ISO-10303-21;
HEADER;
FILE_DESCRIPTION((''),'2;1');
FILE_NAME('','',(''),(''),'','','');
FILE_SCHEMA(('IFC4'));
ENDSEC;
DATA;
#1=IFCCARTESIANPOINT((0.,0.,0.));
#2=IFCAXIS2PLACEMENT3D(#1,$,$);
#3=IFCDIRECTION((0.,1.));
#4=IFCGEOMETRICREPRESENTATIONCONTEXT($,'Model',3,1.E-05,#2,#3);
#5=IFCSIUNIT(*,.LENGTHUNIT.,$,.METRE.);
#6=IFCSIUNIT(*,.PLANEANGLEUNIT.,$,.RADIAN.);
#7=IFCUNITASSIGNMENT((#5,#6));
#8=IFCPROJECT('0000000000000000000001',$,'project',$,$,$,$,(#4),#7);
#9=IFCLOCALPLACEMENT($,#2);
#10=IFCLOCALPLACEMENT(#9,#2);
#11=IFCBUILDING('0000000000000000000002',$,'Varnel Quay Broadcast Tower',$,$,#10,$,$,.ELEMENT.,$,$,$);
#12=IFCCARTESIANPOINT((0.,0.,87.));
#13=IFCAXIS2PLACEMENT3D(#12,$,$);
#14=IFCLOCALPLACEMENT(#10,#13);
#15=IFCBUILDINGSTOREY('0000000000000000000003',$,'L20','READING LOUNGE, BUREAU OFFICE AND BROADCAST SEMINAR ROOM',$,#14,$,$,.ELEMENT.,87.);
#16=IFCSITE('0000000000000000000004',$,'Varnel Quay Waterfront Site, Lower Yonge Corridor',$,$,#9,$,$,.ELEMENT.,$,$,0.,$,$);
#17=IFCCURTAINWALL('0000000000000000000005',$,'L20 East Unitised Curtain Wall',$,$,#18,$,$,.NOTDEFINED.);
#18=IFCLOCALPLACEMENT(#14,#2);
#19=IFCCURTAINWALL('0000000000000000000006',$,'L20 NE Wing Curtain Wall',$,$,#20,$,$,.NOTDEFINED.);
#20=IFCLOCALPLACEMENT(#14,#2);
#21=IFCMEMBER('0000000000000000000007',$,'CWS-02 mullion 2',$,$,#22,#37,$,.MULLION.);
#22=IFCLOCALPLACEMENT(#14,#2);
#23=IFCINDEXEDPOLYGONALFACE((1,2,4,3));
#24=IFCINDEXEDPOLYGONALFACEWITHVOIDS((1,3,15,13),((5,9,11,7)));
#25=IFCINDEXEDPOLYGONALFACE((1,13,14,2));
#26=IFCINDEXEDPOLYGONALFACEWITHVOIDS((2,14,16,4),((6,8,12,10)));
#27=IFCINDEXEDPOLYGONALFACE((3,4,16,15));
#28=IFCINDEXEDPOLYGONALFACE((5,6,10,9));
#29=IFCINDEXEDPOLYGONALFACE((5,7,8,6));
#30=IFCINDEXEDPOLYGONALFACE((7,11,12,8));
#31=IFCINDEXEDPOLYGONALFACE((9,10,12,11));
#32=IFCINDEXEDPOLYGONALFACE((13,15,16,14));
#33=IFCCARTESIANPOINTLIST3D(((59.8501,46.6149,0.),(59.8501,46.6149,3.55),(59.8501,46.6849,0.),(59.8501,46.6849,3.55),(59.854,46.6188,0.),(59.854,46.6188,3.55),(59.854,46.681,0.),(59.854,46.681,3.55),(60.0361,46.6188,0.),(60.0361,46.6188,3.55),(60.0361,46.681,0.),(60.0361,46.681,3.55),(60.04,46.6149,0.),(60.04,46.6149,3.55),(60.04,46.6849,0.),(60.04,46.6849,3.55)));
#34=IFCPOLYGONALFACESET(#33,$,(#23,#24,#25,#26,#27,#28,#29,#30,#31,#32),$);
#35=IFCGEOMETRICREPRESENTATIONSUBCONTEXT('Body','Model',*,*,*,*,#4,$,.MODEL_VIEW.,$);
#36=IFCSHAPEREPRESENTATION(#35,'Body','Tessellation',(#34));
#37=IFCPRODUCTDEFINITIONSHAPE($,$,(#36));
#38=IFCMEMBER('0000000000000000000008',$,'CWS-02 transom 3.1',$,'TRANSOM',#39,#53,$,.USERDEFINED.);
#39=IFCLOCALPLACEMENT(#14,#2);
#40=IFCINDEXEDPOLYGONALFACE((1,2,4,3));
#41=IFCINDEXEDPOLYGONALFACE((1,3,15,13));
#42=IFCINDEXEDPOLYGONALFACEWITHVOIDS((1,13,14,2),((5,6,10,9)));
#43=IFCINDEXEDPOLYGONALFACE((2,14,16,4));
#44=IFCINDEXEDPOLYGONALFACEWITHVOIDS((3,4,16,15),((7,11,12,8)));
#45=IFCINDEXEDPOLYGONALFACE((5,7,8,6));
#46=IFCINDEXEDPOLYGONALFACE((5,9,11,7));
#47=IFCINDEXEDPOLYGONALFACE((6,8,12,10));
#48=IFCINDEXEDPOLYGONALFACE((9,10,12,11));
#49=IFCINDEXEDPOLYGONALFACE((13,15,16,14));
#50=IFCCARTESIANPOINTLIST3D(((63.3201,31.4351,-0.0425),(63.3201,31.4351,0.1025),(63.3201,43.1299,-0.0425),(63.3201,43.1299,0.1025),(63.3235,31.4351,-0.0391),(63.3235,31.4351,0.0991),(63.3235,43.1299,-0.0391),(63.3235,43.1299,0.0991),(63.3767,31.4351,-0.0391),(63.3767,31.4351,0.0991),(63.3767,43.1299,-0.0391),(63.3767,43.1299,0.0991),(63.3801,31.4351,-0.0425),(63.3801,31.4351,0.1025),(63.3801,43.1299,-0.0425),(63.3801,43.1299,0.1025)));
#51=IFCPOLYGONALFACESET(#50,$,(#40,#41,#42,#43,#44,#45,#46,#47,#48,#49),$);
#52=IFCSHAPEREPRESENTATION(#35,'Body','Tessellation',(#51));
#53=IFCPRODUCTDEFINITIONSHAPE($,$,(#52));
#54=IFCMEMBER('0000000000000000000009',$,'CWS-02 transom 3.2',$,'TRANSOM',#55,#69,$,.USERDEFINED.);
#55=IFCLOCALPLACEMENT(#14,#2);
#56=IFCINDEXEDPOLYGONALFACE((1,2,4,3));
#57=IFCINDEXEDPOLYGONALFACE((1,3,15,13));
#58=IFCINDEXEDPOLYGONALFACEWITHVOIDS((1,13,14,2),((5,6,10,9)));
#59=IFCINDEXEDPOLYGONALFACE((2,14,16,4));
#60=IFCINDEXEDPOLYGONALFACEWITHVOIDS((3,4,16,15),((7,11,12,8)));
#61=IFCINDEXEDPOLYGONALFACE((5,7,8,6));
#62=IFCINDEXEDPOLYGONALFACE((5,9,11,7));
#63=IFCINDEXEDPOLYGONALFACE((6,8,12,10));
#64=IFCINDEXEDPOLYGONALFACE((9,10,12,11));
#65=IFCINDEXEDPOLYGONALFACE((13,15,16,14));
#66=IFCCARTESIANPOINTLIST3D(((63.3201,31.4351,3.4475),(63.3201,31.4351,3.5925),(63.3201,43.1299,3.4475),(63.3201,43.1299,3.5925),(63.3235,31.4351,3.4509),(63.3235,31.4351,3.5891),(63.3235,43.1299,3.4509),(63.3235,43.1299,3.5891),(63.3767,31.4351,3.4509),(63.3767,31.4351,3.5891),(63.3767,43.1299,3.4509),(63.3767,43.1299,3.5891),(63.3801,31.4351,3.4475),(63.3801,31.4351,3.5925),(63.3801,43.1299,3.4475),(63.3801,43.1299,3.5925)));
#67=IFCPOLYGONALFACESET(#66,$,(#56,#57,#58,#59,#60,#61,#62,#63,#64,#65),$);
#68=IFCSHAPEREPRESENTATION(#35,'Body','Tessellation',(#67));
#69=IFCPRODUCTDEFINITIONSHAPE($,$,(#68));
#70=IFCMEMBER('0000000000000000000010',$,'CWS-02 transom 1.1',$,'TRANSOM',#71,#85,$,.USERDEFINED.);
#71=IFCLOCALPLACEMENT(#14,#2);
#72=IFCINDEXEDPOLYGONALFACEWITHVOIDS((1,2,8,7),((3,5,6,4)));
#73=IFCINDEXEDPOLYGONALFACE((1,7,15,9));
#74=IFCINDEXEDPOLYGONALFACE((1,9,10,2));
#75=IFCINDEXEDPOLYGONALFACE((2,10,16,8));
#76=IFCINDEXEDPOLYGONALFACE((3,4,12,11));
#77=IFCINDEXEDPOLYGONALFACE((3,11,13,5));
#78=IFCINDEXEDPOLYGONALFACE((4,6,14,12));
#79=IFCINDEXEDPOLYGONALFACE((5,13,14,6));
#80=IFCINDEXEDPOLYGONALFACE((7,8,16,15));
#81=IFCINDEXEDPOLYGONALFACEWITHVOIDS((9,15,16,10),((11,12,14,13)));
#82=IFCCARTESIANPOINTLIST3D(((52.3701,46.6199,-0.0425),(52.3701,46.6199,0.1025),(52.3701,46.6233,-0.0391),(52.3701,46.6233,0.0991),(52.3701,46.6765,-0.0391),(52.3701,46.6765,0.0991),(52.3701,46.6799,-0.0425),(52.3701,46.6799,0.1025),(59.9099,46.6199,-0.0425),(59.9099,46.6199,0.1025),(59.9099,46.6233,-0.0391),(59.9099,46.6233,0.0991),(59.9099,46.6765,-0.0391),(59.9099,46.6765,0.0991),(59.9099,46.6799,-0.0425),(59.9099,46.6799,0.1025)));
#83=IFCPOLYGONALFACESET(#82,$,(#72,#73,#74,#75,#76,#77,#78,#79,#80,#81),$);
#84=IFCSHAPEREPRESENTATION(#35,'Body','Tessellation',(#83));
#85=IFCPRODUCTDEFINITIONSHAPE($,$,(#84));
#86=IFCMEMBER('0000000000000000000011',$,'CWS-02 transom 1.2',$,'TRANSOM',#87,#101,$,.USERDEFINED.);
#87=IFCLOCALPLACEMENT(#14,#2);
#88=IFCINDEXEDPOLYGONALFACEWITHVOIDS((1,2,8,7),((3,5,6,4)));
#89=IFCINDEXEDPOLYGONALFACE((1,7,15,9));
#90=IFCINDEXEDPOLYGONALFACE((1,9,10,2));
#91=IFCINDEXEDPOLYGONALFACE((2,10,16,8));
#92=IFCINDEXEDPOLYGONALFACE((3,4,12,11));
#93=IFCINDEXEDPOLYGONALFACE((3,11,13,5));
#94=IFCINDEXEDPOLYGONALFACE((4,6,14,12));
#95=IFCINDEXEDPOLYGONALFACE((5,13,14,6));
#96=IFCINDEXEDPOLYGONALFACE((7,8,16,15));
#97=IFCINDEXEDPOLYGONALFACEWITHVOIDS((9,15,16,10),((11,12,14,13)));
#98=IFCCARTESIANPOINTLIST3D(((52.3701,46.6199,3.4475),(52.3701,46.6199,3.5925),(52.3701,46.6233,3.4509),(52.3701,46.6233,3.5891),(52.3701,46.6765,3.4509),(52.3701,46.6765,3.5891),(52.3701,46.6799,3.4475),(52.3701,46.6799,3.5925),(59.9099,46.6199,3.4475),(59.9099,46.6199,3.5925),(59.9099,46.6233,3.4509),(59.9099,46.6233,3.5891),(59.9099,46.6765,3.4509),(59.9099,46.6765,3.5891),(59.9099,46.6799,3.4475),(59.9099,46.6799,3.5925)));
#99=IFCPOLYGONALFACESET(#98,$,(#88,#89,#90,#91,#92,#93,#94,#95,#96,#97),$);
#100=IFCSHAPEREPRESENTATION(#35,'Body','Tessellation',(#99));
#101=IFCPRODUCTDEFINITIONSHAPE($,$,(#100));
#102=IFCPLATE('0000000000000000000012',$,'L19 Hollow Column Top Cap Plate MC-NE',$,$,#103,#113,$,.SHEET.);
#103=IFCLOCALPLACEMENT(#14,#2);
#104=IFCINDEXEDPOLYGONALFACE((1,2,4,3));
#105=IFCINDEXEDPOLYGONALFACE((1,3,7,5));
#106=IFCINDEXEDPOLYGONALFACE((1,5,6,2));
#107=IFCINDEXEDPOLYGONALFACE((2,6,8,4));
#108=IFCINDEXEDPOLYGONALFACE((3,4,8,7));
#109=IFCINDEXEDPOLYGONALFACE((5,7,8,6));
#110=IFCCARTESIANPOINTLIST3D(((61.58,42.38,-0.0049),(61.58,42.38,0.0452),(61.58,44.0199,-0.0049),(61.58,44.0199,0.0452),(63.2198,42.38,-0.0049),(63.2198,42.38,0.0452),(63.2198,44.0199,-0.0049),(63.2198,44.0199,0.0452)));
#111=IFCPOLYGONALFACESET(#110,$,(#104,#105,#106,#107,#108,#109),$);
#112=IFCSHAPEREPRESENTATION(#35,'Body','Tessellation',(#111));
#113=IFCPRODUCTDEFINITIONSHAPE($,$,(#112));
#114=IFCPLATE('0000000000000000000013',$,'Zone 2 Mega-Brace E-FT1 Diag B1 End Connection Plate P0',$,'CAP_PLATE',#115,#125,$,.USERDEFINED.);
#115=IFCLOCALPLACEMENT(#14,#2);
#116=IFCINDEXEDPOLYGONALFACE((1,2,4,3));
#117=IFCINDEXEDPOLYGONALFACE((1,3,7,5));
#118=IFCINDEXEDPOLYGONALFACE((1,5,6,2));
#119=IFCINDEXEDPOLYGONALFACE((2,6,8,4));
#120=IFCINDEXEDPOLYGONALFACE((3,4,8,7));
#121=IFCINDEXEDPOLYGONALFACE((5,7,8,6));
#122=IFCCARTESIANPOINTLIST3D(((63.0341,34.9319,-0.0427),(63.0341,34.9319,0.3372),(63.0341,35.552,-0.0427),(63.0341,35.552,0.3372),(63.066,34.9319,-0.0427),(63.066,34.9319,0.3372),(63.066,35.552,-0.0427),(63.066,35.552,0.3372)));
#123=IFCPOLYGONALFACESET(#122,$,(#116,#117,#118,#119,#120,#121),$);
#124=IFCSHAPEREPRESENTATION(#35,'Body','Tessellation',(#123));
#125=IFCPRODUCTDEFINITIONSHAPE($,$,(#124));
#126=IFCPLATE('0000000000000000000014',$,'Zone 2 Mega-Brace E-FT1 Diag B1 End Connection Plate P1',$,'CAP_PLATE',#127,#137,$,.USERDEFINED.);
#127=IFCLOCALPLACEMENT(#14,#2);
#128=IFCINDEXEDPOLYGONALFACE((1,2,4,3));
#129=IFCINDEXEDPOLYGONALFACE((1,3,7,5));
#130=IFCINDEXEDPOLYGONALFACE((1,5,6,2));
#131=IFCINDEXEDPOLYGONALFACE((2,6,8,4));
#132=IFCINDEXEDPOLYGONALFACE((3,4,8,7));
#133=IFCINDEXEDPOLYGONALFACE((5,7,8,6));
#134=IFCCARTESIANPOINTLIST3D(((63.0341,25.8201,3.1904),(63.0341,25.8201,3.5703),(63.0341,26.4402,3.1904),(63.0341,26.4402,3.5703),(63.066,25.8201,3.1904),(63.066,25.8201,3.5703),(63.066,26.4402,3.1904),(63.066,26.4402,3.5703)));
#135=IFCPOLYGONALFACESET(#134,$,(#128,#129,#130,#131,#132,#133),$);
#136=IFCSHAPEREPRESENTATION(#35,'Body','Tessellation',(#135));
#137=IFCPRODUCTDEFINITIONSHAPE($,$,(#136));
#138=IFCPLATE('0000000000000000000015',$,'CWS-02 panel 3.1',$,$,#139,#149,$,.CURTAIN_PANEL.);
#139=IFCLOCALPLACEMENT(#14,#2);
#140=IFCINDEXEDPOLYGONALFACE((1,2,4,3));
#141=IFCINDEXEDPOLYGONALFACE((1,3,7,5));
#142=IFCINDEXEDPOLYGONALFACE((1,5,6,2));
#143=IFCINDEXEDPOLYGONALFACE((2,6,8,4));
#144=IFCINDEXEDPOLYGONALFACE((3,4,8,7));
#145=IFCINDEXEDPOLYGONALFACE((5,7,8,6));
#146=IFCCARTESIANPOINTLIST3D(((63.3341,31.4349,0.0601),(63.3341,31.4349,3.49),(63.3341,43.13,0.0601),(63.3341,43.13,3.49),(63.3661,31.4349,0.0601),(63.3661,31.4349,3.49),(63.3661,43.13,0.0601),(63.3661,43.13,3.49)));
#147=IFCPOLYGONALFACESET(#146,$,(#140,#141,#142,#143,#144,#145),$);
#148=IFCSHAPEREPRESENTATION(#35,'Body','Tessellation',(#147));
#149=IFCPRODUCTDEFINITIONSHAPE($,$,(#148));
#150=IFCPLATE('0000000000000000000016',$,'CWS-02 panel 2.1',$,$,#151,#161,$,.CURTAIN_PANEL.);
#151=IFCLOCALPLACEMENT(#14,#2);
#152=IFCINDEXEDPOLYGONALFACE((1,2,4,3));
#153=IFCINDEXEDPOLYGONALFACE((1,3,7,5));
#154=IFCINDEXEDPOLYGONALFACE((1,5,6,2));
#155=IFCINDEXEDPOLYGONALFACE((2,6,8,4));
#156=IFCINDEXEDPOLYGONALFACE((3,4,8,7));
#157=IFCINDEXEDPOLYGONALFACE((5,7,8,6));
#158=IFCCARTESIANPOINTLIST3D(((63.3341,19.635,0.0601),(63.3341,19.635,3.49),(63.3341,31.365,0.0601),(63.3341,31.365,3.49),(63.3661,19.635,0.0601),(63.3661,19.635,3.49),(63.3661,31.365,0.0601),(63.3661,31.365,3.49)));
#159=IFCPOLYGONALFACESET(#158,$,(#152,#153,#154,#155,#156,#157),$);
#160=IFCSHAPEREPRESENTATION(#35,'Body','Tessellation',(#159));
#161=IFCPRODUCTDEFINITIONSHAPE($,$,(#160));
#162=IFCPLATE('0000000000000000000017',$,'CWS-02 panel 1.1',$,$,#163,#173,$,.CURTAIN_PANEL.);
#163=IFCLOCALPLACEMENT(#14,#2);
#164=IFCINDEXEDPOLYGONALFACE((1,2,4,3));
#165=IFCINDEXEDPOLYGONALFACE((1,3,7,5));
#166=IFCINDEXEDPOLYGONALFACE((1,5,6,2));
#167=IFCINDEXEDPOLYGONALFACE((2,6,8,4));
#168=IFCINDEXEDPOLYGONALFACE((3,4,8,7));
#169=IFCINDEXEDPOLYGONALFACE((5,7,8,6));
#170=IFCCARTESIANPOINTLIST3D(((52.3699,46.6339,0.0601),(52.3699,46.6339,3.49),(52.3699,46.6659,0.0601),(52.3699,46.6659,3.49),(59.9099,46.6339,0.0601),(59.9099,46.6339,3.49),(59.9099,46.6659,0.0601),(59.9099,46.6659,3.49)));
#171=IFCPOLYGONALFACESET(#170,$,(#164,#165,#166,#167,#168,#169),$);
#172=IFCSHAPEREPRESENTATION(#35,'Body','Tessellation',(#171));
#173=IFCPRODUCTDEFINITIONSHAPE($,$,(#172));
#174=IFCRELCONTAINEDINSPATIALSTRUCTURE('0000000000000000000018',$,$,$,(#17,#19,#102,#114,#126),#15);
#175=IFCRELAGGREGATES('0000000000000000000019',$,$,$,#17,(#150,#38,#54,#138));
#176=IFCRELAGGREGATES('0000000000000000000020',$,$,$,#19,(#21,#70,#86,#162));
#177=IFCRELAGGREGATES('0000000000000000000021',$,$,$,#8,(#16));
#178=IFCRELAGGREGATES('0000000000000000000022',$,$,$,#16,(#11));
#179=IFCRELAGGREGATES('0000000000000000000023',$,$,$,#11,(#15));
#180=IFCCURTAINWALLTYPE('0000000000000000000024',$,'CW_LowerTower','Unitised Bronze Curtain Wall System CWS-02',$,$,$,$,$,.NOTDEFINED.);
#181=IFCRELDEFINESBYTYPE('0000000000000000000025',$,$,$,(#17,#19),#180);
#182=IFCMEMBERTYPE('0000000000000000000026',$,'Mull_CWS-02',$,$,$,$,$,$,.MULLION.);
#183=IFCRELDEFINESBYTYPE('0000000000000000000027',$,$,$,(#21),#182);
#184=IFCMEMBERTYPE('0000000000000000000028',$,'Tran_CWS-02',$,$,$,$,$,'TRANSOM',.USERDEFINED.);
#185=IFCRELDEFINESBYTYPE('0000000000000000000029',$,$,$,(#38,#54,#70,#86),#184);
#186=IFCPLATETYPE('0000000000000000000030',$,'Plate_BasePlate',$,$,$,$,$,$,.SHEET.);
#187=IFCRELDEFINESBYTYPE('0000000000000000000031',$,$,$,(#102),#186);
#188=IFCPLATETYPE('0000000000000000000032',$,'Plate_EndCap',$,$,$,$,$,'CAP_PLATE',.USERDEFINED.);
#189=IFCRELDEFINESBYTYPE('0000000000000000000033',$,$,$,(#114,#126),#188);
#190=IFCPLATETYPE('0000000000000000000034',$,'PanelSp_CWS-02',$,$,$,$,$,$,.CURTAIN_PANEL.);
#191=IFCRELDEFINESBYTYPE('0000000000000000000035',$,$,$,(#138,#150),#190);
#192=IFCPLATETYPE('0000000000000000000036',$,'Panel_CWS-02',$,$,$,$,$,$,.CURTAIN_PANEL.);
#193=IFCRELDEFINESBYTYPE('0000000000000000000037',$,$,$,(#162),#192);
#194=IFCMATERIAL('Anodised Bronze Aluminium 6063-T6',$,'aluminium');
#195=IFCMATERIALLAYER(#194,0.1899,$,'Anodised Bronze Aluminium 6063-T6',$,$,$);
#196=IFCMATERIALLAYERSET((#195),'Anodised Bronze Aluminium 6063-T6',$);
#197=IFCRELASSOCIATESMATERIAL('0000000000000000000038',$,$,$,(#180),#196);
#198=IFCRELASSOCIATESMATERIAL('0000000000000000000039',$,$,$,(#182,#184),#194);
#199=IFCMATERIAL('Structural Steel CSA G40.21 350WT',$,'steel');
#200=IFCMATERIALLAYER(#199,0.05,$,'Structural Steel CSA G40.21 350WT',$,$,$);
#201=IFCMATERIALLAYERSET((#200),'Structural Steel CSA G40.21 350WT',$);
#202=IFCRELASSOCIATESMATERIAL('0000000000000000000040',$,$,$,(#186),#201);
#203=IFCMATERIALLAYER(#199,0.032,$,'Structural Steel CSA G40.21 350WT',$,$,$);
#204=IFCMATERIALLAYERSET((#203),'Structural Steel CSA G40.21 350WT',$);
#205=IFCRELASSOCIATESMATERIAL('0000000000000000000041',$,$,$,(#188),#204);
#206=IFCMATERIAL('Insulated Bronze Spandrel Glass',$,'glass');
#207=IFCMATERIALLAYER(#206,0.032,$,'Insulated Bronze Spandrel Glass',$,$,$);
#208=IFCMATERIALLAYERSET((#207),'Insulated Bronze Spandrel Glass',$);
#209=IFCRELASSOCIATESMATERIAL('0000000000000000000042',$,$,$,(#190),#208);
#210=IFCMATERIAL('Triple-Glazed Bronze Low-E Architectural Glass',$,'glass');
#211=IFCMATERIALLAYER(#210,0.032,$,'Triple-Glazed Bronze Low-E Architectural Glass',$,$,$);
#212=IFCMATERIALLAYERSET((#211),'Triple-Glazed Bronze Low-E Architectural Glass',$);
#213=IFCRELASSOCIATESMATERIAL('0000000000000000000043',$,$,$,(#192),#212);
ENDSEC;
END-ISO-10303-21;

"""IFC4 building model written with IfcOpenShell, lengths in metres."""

from ifc_helpers import new_model, si_unit, direction, frame, origin, origin_2d, place, context, subcontext, project, spatial, rectangle, hollow_rectangle, extrude, source, transform, mapped, material, layer, layer_set, material_profile, profile_set, type_object, type_shapes, element, aggregate, save


model = new_model("IFC4")

# Units and contexts
model_context = context("Model", 3, precision=1e-05, world=origin(), true_north=direction((0.0, 1.0)))
body_context = subcontext(model_context, "Body", "Model", "MODEL_VIEW")
ifc_project = project(units=[si_unit("LENGTHUNIT", "METRE"), si_unit("PLANEANGLEUNIT", "RADIAN")], contexts=[model_context])

# Site, building, storey
site_placement = place(None, origin())
site = spatial("IfcSite", under=ifc_project, at=site_placement, Name="Varnel Quay Waterfront Site, Lower Yonge Corridor", CompositionType="ELEMENT", RefElevation=0.0)
building_placement = place(site_placement, origin())
building = spatial("IfcBuilding", under=site, at=building_placement, Name="Varnel Quay Broadcast Tower", CompositionType="ELEMENT")
storey_placement = place(building_placement, frame((0.0, 0.0, 87.0)))
storey = spatial("IfcBuildingStorey", under=building, at=storey_placement, Name="L20", Description="READING LOUNGE, BUREAU OFFICE AND BROADCAST SEMINAR ROOM", CompositionType="ELEMENT", Elevation=87.0)

# Shared definitions
ifc_material_1 = material(Name="Structural Steel CSA G40.21 350WT", Category="steel")

# Curtain walls, member
ifc_material_2 = material(Name="Anodised Bronze Aluminium 6063-T6", Category="aluminium")
ifc_layer_1 = layer(ifc_material_2, 0.1899, Name="Anodised Bronze Aluminium 6063-T6")
ifc_layer_set_1 = layer_set([ifc_layer_1], Name="Anodised Bronze Aluminium 6063-T6")
curtain_wall_type = type_object("IfcCurtainWallType", Name="CW_LowerTower", Description="Unitised Bronze Curtain Wall System CWS-02", PredefinedType="NOTDEFINED", material=ifc_layer_set_1)
curtain_wall_1_placement = place(storey_placement, origin())
curtain_wall_1 = element("IfcCurtainWall", 1, at=curtain_wall_1_placement, inside=storey, type_object=curtain_wall_type, Name="L20 East Unitised Curtain Wall", PredefinedType="NOTDEFINED")
ifc_material_profile_1 = material_profile(ifc_material_2, hollow_rectangle(XDim=0.0701, YDim=0.1899, WallThickness=0.0039, at=origin_2d()), Name="ALU70X190X4")
ifc_profile_set_1 = profile_set([ifc_material_profile_1], Name="Anodised Bronze Aluminium 6063-T6")
member_type_1 = type_object("IfcMemberType", Name="Mull_CWS-02", PredefinedType="MULLION", material=ifc_profile_set_1)
shared_shape_1 = source(origin(), body_context, "Body", "SweptSolid", [
    extrude(hollow_rectangle(XDim=0.0701, YDim=0.1899, WallThickness=0.0039, at=origin_2d()), origin(), (0.0, 0.0, 1.0), 3.55),
])
type_shapes(member_type_1, [shared_shape_1])
curtain_wall_2_placement = place(storey_placement, origin())
curtain_wall_2 = element("IfcCurtainWall", 2, at=curtain_wall_2_placement, inside=storey, type_object=curtain_wall_type, Name="L20 NE Wing Curtain Wall", PredefinedType="NOTDEFINED")
member_1_placement = place(storey_placement, frame((59.9451, 46.6499, 0.0), z_axis=(0.0, 0.0, 1.0), x_axis=(0.0, 1.0, 0.0)))
member_1 = element("IfcMember", 3, at=member_1_placement, type_object=member_type_1, Name="CWS-02 mullion 2", PredefinedType="MULLION", context=body_context, shape_type="MappedRepresentation", body=[
    mapped(shared_shape_1, transform((0.0, 0.0, 0.0), x_axis=(1.0, 0.0, 0.0), y_axis=(0.0, 1.0, 0.0), z_axis=(0.0, 0.0, 1.0), scale=1.0)),
])

# Members
ifc_material_profile_2 = material_profile(ifc_material_2, hollow_rectangle(XDim=0.0601, YDim=0.145, WallThickness=0.0034, at=origin_2d()), Name="ALU60X145X3.5")
ifc_profile_set_2 = profile_set([ifc_material_profile_2], Name="Anodised Bronze Aluminium 6063-T6")
member_type_2 = type_object("IfcMemberType", Name="Tran_CWS-02", ElementType="TRANSOM", PredefinedType="USERDEFINED", material=ifc_profile_set_2)
shared_shape_2 = source(origin(), body_context, "Body", "SweptSolid", [
    extrude(hollow_rectangle(XDim=0.0601, YDim=0.145, WallThickness=0.0034, at=origin_2d()), origin(), (0.0, 0.0, 1.0), 11.6948),
])
member_2_placement = place(storey_placement, frame((63.3501, 31.4351, 0.03), z_axis=(0.0, 1.0, 0.0), x_axis=(-1.0, 0.0, 0.0)))
member_2 = element("IfcMember", 4, at=member_2_placement, type_object=member_type_2, Name="CWS-02 transom 3.1", ObjectType="TRANSOM", PredefinedType="USERDEFINED", context=body_context, shape_type="MappedRepresentation", body=[
    mapped(shared_shape_2, transform((0.0, 0.0, 0.0), x_axis=(1.0, 0.0, 0.0), y_axis=(0.0, 1.0, 0.0), z_axis=(0.0, 0.0, 1.0), scale=1.0)),
])
member_3_placement = place(storey_placement, frame((63.3501, 31.4351, 3.52), z_axis=(0.0, 1.0, 0.0), x_axis=(-1.0, 0.0, 0.0)))
member_3 = element("IfcMember", 5, at=member_3_placement, type_object=member_type_2, Name="CWS-02 transom 3.2", ObjectType="TRANSOM", PredefinedType="USERDEFINED", context=body_context, shape_type="MappedRepresentation", body=[
    mapped(shared_shape_2, transform((0.0, 0.0, 0.0), x_axis=(1.0, 0.0, 0.0), y_axis=(0.0, 1.0, 0.0), z_axis=(0.0, 0.0, 1.0), scale=1.0)),
])
shared_shape_3 = source(origin(), body_context, "Body", "SweptSolid", [
    extrude(hollow_rectangle(XDim=0.0601, YDim=0.145, WallThickness=0.0034, at=origin_2d()), origin(), (0.0, 0.0, 1.0), 7.5398),
])
type_shapes(member_type_2, [shared_shape_2, shared_shape_3])
member_4_placement = place(storey_placement, frame((52.3701, 46.6499, 0.03), z_axis=(1.0, 0.0, 0.0), x_axis=(0.0, 1.0, 0.0)))
member_4 = element("IfcMember", 6, at=member_4_placement, type_object=member_type_2, Name="CWS-02 transom 1.1", ObjectType="TRANSOM", PredefinedType="USERDEFINED", context=body_context, shape_type="MappedRepresentation", body=[
    mapped(shared_shape_3, transform((0.0, 0.0, 0.0), x_axis=(1.0, 0.0, 0.0), y_axis=(0.0, 1.0, 0.0), z_axis=(0.0, 0.0, 1.0), scale=1.0)),
])
member_5_placement = place(storey_placement, frame((52.3701, 46.6499, 3.52), z_axis=(1.0, 0.0, 0.0), x_axis=(0.0, 1.0, 0.0)))
member_5 = element("IfcMember", 7, at=member_5_placement, type_object=member_type_2, Name="CWS-02 transom 1.2", ObjectType="TRANSOM", PredefinedType="USERDEFINED", context=body_context, shape_type="MappedRepresentation", body=[
    mapped(shared_shape_3, transform((0.0, 0.0, 0.0), x_axis=(1.0, 0.0, 0.0), y_axis=(0.0, 1.0, 0.0), z_axis=(0.0, 0.0, 1.0), scale=1.0)),
])

# Plates
ifc_layer_2 = layer(ifc_material_1, 0.05, Name="Structural Steel CSA G40.21 350WT")
ifc_layer_set_2 = layer_set([ifc_layer_2], Name="Structural Steel CSA G40.21 350WT")
plate_type_1 = type_object("IfcPlateType", Name="Plate_BasePlate", PredefinedType="SHEET", material=ifc_layer_set_2)
shared_shape_4 = source(origin(), body_context, "Body", "SweptSolid", [
    extrude(rectangle(XDim=1.6399, YDim=1.6399, at=origin_2d()), origin(), (0.0, 0.0, 1.0), 0.05),
])
type_shapes(plate_type_1, [shared_shape_4])
plate_1_placement = place(storey_placement, frame((62.3999, 43.2, -0.0049), z_axis=(0.0, 0.0, 1.0), x_axis=(1.0, 0.0, 0.0)))
element("IfcPlate", 8, at=plate_1_placement, inside=storey, type_object=plate_type_1, Name="L19 Hollow Column Top Cap Plate MC-NE", PredefinedType="SHEET", context=body_context, shape_type="MappedRepresentation", body=[
    mapped(shared_shape_4, transform((0.0, 0.0, 0.0), x_axis=(1.0, 0.0, 0.0), y_axis=(0.0, 1.0, 0.0), z_axis=(0.0, 0.0, 1.0), scale=1.0)),
])
ifc_layer_3 = layer(ifc_material_1, 0.032, Name="Structural Steel CSA G40.21 350WT")
ifc_layer_set_3 = layer_set([ifc_layer_3], Name="Structural Steel CSA G40.21 350WT")
plate_type_2 = type_object("IfcPlateType", Name="Plate_EndCap", ElementType="CAP_PLATE", PredefinedType="USERDEFINED", material=ifc_layer_set_3)
shared_shape_5 = source(origin(), body_context, "Body", "SweptSolid", [
    extrude(rectangle(XDim=0.6201, YDim=0.032, at=origin_2d()), origin(), (0.0, 0.0, 1.0), 0.3799),
])
type_shapes(plate_type_2, [shared_shape_5])
for number, where, z_axis, x_axis, name in (
    (9, (63.05, 35.2419, -0.0427), (0.0, 0.0, 1.0), (0.0, 1.0, 0.0), "Zone 2 Mega-Brace E-FT1 Diag B1 End Connection Plate P0"),
    (10, (63.05, 26.1301, 3.1904), (0.0, 0.0, 1.0), (0.0, 1.0, 0.0), "Zone 2 Mega-Brace E-FT1 Diag B1 End Connection Plate P1"),
):
    element("IfcPlate", number, at=place(storey_placement, frame(where, z_axis=z_axis, x_axis=x_axis)), inside=storey, type_object=plate_type_2, Name=name, ObjectType="CAP_PLATE", PredefinedType="USERDEFINED", context=body_context, shape_type="MappedRepresentation", body=[
        mapped(shared_shape_5, transform((0.0, 0.0, 0.0), x_axis=(1.0, 0.0, 0.0), y_axis=(0.0, 1.0, 0.0), z_axis=(0.0, 0.0, 1.0), scale=1.0)),
    ])

# Plates
ifc_material_3 = material(Name="Insulated Bronze Spandrel Glass", Category="glass")
ifc_layer_4 = layer(ifc_material_3, 0.032, Name="Insulated Bronze Spandrel Glass")
ifc_layer_set_4 = layer_set([ifc_layer_4], Name="Insulated Bronze Spandrel Glass")
plate_type_3 = type_object("IfcPlateType", Name="PanelSp_CWS-02", PredefinedType="CURTAIN_PANEL", material=ifc_layer_set_4)
shared_shape_6 = source(origin(), body_context, "Body", "SweptSolid", [
    extrude(rectangle(XDim=11.6951, YDim=0.032, at=origin_2d()), origin(), (0.0, 0.0, 1.0), 3.4299),
])
plate_2_placement = place(storey_placement, frame((63.3501, 37.2825, 0.0601), z_axis=(0.0, 0.0, 1.0), x_axis=(0.0, 1.0, 0.0)))
plate_2 = element("IfcPlate", 11, at=plate_2_placement, type_object=plate_type_3, Name="CWS-02 panel 3.1", PredefinedType="CURTAIN_PANEL", context=body_context, shape_type="MappedRepresentation", body=[
    mapped(shared_shape_6, transform((0.0, 0.0, 0.0), x_axis=(1.0, 0.0, 0.0), y_axis=(0.0, 1.0, 0.0), z_axis=(0.0, 0.0, 1.0), scale=1.0)),
])
shared_shape_7 = source(origin(), body_context, "Body", "SweptSolid", [
    extrude(rectangle(XDim=11.73, YDim=0.032, at=origin_2d()), origin(), (0.0, 0.0, 1.0), 3.4299),
])
type_shapes(plate_type_3, [shared_shape_6, shared_shape_7])
plate_3_placement = place(storey_placement, frame((63.3501, 25.5, 0.0601), z_axis=(0.0, 0.0, 1.0), x_axis=(0.0, 1.0, 0.0)))
plate_3 = element("IfcPlate", 12, at=plate_3_placement, type_object=plate_type_3, Name="CWS-02 panel 2.1", PredefinedType="CURTAIN_PANEL", context=body_context, shape_type="MappedRepresentation", body=[
    mapped(shared_shape_7, transform((0.0, 0.0, 0.0), x_axis=(1.0, 0.0, 0.0), y_axis=(0.0, 1.0, 0.0), z_axis=(0.0, 0.0, 1.0), scale=1.0)),
])
aggregate(curtain_wall_1, [plate_3, member_2, member_3, plate_2])
ifc_material_4 = material(Name="Triple-Glazed Bronze Low-E Architectural Glass", Category="glass")
ifc_layer_5 = layer(ifc_material_4, 0.032, Name="Triple-Glazed Bronze Low-E Architectural Glass")
ifc_layer_set_5 = layer_set([ifc_layer_5], Name="Triple-Glazed Bronze Low-E Architectural Glass")
plate_type_4 = type_object("IfcPlateType", Name="Panel_CWS-02", PredefinedType="CURTAIN_PANEL", material=ifc_layer_set_5)
shared_shape_8 = source(origin(), body_context, "Body", "SweptSolid", [
    extrude(rectangle(XDim=7.54, YDim=0.032, at=origin_2d()), origin(), (0.0, 0.0, 1.0), 3.4299),
])
type_shapes(plate_type_4, [shared_shape_8])
plate_4_placement = place(storey_placement, frame((56.1399, 46.6499, 0.0601), z_axis=(0.0, 0.0, 1.0), x_axis=(1.0, 0.0, 0.0)))
plate_4 = element("IfcPlate", 13, at=plate_4_placement, type_object=plate_type_4, Name="CWS-02 panel 1.1", PredefinedType="CURTAIN_PANEL", context=body_context, shape_type="MappedRepresentation", body=[
    mapped(shared_shape_8, transform((0.0, 0.0, 0.0), x_axis=(1.0, 0.0, 0.0), y_axis=(0.0, 1.0, 0.0), z_axis=(0.0, 0.0, 1.0), scale=1.0)),
])
aggregate(curtain_wall_2, [member_1, member_4, member_5, plate_4])

save(model, "model.ifc")
